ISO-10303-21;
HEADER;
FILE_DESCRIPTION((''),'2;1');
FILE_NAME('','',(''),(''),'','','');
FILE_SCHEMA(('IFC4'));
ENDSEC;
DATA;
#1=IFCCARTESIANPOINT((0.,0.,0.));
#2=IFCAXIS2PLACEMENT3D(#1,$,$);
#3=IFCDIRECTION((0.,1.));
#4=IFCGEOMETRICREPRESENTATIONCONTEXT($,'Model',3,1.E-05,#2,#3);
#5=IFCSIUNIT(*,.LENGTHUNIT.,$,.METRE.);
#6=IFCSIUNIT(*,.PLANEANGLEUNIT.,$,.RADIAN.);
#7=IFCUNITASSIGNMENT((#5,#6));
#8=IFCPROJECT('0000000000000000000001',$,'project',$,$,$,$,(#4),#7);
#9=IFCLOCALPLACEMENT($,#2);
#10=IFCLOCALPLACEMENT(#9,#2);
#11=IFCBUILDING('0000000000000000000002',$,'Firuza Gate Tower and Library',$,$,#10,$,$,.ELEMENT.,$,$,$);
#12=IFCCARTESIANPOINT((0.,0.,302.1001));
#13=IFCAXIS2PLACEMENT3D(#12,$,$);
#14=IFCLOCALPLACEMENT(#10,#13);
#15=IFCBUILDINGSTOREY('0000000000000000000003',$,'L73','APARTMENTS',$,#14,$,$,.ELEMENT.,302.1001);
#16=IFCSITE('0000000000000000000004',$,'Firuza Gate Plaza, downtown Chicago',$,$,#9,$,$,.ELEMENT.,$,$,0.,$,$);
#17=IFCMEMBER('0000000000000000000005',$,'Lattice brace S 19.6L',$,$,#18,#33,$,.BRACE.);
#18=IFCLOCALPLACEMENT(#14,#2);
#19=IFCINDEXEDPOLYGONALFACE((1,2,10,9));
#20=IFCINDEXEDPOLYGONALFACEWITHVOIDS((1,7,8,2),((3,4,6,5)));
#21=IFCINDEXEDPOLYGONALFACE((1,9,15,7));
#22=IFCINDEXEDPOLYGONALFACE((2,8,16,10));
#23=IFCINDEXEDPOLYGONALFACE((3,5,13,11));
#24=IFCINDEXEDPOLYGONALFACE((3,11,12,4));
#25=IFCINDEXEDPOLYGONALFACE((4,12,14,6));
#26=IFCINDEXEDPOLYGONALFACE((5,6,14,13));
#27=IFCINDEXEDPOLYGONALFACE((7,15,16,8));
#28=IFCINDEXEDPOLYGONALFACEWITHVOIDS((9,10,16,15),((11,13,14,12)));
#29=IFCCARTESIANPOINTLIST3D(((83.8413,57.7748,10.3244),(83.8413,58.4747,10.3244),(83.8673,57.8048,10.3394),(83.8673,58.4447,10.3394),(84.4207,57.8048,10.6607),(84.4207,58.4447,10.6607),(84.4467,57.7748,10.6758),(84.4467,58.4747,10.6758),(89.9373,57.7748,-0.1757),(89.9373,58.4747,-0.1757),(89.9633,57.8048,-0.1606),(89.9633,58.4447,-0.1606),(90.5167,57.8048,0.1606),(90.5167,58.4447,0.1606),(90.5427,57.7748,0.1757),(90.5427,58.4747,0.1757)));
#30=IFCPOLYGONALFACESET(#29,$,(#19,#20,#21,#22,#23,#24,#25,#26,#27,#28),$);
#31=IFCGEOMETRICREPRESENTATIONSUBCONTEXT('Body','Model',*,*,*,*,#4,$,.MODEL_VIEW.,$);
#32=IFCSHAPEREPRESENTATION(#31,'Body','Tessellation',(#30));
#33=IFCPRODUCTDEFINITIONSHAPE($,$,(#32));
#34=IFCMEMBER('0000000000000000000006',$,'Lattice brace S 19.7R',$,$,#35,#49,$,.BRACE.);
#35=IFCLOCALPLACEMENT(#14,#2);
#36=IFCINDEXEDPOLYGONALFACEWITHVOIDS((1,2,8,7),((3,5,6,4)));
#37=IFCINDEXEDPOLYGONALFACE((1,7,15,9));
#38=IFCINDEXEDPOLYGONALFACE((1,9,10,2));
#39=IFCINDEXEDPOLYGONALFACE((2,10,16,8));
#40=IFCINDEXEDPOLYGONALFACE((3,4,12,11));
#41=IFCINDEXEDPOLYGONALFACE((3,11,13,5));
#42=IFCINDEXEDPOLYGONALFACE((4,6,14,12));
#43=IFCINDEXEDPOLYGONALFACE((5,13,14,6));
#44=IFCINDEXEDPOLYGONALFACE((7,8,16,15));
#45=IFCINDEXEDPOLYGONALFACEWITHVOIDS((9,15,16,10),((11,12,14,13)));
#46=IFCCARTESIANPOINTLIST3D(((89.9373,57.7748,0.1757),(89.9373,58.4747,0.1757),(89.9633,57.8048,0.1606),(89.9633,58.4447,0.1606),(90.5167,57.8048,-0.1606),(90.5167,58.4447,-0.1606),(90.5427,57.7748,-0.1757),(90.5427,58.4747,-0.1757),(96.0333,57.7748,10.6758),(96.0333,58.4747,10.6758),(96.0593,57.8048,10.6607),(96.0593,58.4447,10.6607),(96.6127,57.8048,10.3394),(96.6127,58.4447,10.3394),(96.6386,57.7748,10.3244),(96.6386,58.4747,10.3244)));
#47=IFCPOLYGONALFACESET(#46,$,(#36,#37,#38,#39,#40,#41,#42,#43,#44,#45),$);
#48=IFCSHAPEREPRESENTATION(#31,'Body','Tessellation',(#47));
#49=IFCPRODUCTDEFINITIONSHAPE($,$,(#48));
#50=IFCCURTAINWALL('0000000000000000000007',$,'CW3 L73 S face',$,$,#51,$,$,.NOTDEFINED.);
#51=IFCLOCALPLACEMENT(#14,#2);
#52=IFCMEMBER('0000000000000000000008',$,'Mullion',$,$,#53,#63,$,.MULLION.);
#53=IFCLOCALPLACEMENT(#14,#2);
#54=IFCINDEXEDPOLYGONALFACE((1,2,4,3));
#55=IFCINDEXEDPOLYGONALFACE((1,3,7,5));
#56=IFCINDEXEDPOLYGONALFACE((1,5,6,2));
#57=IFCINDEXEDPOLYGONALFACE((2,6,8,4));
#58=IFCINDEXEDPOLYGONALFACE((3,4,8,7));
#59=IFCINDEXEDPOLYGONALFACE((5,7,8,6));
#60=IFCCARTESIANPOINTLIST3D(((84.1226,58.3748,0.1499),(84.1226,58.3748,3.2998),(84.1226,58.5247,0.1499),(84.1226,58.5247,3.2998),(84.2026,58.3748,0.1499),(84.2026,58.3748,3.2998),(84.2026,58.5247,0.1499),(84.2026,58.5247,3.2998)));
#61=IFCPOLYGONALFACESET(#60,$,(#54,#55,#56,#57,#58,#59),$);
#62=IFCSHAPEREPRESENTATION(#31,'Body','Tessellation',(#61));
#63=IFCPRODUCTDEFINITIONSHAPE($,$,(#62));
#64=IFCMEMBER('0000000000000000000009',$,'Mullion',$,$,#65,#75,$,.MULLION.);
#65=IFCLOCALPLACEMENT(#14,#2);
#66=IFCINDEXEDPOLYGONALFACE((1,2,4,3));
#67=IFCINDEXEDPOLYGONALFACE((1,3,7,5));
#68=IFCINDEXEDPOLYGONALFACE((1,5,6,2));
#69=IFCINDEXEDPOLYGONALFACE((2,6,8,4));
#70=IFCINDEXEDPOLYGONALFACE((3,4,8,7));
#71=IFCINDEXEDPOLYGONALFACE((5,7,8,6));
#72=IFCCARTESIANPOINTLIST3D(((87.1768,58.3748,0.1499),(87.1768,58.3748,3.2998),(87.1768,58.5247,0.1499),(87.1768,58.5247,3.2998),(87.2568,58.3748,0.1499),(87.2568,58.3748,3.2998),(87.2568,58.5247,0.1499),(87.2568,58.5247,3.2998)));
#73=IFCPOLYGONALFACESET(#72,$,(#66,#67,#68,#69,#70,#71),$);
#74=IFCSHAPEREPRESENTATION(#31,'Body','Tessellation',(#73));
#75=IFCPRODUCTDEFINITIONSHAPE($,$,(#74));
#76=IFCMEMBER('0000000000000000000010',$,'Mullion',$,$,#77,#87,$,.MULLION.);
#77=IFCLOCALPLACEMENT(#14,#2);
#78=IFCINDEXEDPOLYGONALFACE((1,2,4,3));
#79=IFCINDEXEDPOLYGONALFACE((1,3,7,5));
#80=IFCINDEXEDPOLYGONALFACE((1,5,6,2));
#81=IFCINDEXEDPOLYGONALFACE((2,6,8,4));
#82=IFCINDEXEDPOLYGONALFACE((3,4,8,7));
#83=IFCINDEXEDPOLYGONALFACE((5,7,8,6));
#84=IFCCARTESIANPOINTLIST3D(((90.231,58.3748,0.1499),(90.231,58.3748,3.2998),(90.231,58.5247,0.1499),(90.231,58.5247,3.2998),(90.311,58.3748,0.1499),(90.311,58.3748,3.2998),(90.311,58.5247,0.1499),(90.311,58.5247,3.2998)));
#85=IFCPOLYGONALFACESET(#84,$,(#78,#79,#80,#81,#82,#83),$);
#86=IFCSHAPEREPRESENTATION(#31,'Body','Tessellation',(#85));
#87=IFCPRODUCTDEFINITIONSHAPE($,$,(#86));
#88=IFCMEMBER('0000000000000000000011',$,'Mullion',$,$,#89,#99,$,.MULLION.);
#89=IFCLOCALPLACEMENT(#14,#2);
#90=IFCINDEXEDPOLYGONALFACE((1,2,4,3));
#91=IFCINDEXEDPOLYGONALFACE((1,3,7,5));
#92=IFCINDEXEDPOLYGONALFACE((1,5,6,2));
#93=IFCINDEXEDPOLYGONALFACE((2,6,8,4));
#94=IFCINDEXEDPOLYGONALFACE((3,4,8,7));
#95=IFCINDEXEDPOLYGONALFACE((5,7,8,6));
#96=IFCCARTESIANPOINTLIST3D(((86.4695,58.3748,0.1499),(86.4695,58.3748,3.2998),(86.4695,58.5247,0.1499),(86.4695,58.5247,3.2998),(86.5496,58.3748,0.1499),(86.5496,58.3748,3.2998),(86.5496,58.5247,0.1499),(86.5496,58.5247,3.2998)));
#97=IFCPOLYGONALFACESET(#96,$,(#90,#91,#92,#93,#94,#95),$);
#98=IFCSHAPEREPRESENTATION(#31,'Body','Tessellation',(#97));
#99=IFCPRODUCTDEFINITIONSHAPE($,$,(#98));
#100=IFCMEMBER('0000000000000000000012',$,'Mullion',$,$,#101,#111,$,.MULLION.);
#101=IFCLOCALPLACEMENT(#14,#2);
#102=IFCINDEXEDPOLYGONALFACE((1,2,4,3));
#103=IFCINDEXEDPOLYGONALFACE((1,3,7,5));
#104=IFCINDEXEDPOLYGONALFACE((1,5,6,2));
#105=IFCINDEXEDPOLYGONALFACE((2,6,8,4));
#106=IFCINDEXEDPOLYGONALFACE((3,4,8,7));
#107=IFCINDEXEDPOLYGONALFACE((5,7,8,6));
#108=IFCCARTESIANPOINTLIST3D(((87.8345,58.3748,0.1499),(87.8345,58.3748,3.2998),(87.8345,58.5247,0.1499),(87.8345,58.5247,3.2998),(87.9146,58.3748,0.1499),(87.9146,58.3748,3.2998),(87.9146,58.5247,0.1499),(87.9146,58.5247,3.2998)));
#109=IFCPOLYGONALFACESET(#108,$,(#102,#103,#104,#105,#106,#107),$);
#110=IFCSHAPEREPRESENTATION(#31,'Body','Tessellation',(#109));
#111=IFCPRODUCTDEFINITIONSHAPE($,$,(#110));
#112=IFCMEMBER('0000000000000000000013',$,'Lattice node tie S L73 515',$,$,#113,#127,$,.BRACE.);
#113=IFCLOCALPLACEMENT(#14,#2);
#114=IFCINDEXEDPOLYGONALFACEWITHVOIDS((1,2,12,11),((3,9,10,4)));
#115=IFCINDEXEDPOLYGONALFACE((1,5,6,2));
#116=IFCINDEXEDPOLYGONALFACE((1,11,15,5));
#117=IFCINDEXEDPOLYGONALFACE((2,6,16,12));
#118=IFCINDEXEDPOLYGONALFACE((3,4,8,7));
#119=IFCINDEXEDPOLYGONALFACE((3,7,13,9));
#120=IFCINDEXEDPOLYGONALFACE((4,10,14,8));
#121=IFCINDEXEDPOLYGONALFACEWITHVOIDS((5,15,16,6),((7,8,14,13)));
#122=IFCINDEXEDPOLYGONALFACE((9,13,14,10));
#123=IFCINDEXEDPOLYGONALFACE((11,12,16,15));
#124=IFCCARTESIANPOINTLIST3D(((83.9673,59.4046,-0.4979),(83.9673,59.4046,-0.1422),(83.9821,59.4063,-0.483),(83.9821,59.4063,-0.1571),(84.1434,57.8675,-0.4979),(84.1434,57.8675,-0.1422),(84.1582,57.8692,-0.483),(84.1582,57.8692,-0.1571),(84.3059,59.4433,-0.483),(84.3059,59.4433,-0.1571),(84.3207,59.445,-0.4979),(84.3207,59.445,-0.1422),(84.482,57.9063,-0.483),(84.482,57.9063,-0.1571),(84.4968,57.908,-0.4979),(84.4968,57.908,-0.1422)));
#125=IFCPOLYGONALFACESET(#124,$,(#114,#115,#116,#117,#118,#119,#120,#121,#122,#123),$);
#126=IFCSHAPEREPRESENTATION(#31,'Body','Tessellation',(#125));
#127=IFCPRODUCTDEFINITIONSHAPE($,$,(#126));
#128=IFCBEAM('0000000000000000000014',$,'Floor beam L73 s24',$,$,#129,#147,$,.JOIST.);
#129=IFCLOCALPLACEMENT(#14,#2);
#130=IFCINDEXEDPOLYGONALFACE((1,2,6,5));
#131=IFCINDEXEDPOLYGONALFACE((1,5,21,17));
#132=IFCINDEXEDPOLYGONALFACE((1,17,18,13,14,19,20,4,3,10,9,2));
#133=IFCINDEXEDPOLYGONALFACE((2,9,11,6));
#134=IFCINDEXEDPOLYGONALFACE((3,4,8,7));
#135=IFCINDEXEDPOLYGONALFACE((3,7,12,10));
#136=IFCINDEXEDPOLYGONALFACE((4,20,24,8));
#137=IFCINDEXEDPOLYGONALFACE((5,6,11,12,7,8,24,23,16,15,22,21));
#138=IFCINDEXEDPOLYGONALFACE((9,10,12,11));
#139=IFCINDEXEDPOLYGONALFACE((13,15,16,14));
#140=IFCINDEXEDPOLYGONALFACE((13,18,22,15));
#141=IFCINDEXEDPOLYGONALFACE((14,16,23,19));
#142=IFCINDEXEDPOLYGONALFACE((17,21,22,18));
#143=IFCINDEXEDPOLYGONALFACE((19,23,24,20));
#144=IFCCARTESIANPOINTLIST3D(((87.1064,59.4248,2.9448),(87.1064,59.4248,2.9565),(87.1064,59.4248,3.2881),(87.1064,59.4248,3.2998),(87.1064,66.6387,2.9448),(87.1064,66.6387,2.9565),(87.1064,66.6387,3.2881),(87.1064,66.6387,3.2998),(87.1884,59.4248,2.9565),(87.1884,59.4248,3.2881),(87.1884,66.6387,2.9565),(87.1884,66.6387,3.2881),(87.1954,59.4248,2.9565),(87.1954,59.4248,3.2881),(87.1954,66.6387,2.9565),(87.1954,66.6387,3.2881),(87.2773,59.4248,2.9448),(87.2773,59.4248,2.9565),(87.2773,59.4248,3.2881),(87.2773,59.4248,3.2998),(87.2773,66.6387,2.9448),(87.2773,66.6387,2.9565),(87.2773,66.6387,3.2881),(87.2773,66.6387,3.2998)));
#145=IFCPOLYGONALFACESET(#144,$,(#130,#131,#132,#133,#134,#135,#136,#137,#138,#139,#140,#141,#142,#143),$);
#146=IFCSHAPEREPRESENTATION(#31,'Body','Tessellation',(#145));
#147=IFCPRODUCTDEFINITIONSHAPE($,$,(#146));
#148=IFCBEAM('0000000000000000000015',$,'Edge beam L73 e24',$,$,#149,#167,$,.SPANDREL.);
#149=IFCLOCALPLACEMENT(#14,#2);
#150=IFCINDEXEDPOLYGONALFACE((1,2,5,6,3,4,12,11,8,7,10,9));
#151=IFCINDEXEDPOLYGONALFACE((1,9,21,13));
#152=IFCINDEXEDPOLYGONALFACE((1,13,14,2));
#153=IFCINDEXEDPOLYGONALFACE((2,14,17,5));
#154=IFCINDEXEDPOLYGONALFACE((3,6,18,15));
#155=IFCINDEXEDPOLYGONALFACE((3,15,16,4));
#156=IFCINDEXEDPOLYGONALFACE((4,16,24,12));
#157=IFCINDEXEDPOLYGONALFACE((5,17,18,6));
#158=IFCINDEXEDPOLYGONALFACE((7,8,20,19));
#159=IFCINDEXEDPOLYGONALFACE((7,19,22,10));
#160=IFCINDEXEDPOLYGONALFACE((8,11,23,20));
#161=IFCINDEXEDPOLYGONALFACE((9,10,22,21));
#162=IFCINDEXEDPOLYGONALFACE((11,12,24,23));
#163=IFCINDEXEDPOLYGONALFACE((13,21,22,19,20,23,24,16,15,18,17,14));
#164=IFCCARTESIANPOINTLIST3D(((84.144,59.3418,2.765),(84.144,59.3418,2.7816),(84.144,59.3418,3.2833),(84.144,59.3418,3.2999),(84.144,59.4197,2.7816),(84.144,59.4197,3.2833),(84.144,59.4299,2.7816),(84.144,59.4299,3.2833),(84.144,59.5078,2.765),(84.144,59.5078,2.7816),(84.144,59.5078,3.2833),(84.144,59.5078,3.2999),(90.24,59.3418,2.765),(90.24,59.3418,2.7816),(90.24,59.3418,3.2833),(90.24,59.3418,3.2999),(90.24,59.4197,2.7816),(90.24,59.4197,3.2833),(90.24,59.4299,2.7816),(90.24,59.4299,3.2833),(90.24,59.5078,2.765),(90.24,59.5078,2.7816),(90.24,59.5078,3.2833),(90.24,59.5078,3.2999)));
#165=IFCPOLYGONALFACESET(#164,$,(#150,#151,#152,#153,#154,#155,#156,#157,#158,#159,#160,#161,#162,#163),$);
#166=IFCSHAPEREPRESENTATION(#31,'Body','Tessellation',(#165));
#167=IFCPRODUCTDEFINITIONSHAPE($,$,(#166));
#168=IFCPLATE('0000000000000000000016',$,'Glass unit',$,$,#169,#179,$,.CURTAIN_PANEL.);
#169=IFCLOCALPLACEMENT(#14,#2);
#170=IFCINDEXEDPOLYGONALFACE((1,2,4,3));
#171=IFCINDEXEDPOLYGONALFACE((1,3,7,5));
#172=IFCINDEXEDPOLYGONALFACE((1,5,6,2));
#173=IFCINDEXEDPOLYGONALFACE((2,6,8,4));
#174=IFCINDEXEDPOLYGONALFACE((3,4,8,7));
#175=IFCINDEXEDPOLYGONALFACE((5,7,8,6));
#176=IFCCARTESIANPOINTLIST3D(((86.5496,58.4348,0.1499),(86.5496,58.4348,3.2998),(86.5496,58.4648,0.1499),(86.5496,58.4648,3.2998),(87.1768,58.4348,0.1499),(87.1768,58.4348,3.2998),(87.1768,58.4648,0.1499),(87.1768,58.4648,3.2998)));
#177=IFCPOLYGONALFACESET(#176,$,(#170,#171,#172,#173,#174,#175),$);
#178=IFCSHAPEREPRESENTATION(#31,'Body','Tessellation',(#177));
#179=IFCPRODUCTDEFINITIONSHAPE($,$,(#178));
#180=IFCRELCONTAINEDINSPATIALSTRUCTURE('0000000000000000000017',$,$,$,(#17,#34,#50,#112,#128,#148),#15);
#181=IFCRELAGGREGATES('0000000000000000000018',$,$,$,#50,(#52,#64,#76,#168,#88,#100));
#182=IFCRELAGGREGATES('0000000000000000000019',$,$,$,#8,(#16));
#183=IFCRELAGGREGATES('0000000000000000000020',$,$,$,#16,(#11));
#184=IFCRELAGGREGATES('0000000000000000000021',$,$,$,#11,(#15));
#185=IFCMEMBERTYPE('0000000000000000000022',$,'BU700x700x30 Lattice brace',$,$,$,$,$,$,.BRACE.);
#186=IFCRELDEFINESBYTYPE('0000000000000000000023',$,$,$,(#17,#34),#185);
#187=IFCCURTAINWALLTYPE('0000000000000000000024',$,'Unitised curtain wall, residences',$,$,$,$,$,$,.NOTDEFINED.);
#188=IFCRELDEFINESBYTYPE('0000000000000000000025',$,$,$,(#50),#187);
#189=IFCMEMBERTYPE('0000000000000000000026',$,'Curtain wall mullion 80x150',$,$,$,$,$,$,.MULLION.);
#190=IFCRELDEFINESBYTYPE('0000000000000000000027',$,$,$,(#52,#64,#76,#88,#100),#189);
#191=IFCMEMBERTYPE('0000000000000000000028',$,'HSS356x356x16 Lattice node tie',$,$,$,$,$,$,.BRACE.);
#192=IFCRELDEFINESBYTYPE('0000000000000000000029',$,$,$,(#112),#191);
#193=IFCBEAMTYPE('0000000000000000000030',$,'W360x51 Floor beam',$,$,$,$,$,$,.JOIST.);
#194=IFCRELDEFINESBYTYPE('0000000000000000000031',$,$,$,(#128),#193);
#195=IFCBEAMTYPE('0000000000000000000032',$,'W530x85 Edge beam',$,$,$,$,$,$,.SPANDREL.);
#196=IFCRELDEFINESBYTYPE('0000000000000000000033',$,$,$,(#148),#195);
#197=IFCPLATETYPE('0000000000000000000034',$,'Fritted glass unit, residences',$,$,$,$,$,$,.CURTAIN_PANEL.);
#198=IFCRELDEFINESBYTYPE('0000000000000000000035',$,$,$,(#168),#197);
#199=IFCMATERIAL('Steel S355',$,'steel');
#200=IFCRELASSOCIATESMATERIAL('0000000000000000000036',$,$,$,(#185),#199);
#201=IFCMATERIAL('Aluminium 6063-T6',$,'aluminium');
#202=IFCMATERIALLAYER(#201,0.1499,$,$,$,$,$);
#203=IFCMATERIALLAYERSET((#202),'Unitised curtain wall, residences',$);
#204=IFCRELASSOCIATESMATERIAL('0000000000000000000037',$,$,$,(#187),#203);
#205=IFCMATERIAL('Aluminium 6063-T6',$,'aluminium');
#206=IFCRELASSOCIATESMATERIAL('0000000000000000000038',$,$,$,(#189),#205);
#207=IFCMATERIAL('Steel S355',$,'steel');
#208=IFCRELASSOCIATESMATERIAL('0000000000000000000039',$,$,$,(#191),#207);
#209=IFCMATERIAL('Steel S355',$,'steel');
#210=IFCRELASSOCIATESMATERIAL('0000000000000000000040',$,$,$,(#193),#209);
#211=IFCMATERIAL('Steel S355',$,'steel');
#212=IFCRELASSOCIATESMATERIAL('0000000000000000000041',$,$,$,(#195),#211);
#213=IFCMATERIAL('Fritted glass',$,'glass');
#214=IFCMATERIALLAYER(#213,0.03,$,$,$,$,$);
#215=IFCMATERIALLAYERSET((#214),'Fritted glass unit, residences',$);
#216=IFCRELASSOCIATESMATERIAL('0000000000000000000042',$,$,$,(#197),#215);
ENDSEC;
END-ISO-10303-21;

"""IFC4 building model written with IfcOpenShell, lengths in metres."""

from ifc_helpers import new_model, si_unit, direction, frame, origin, origin_2d, place, context, subcontext, project, spatial, polyline, rectangle, hollow_rectangle, i_section, outline, extrude, material, layer, layer_set, material_profile, profile_set, type_object, element, aggregate, save


model = new_model("IFC4")

# Units and contexts
model_context = context("Model", 3, precision=1e-05, world=origin(), true_north=direction((0.0, 1.0)))
body_context = subcontext(model_context, "Body", "Model", "MODEL_VIEW")
ifc_project = project(units=[si_unit("LENGTHUNIT", "METRE"), si_unit("PLANEANGLEUNIT", "RADIAN")], contexts=[model_context])

# Site, building, storey
site_placement = place(None, origin())
site = spatial("IfcSite", under=ifc_project, at=site_placement, Name="Firuza Gate Plaza, downtown Chicago", CompositionType="ELEMENT", RefElevation=0.0)
building_placement = place(site_placement, origin())
building = spatial("IfcBuilding", under=site, at=building_placement, Name="Firuza Gate Tower and Library", CompositionType="ELEMENT")
storey_placement = place(building_placement, frame((0.0, 0.0, 302.1001)))
storey = spatial("IfcBuildingStorey", under=building, at=storey_placement, Name="L73", Description="APARTMENTS", CompositionType="ELEMENT", Elevation=302.1001)

# Members
ifc_material_1 = material(Name="Steel S355", Category="steel")
ifc_material_profile_1 = material_profile(ifc_material_1, hollow_rectangle(XDim=0.7, YDim=0.7, WallThickness=0.03, at=origin_2d()))
ifc_profile_set_1 = profile_set([ifc_material_profile_1], Name="Steel S355")
member_type_1 = type_object("IfcMemberType", Name="BU700x700x30 Lattice brace", PredefinedType="BRACE", material=ifc_profile_set_1)
for number, where, z_axis, x_axis, name in (
    (1, (90.24, 58.1248, 0.0), (-0.502085, 0.0, 0.864819), (0.0, -1.0, 0.0), "Lattice brace S 19.6L"),
    (2, (90.24, 58.1248, 0.0), (0.502085, 0.0, 0.864819), (0.0, 1.0, 0.0), "Lattice brace S 19.7R"),
):
    element("IfcMember", number, at=place(storey_placement, frame(where, z_axis=z_axis, x_axis=x_axis)), inside=storey, type_object=member_type_1, Name=name, PredefinedType="BRACE", context=body_context, shape_type="SweptSolid", body=[
        extrude(hollow_rectangle(XDim=0.7, YDim=0.7, WallThickness=0.03, at=origin_2d()), origin(), (0.0, 0.0, 1.0), 12.1414),
    ])

# Curtain wall, members
ifc_material_2 = material(Name="Aluminium 6063-T6", Category="aluminium")
ifc_layer_1 = layer(ifc_material_2, 0.1499)
ifc_layer_set_1 = layer_set([ifc_layer_1], Name="Unitised curtain wall, residences")
curtain_wall_type = type_object("IfcCurtainWallType", Name="Unitised curtain wall, residences", PredefinedType="NOTDEFINED", material=ifc_layer_set_1)
curtain_wall_placement = place(storey_placement, origin())
curtain_wall = element("IfcCurtainWall", 3, at=curtain_wall_placement, inside=storey, type_object=curtain_wall_type, Name="CW3 L73 S face", PredefinedType="NOTDEFINED")
ifc_material_3 = material(Name="Aluminium 6063-T6", Category="aluminium")
ifc_material_profile_2 = material_profile(ifc_material_3, rectangle(XDim=0.1499, YDim=0.0801, at=origin_2d()))
ifc_profile_set_2 = profile_set([ifc_material_profile_2], Name="Aluminium 6063-T6")
member_type_2 = type_object("IfcMemberType", Name="Curtain wall mullion 80x150", PredefinedType="MULLION", material=ifc_profile_set_2)
member_1_placement = place(storey_placement, frame((84.1626, 58.4497, 0.1499), z_axis=(0.0, 0.0, 1.0), x_axis=(0.0, 1.0, 0.0)))
member_1 = element("IfcMember", 4, at=member_1_placement, type_object=member_type_2, Name="Mullion", PredefinedType="MULLION", context=body_context, shape_type="SweptSolid", body=[
    extrude(rectangle(XDim=0.1499, YDim=0.0801, at=origin_2d()), origin(), (0.0, 0.0, 1.0), 3.1499),
])
member_2_placement = place(storey_placement, frame((87.2168, 58.4497, 0.1499), z_axis=(0.0, 0.0, 1.0), x_axis=(0.0, 1.0, 0.0)))
member_2 = element("IfcMember", 5, at=member_2_placement, type_object=member_type_2, Name="Mullion", PredefinedType="MULLION", context=body_context, shape_type="SweptSolid", body=[
    extrude(rectangle(XDim=0.1499, YDim=0.0801, at=origin_2d()), origin(), (0.0, 0.0, 1.0), 3.1499),
])
member_3_placement = place(storey_placement, frame((90.271, 58.4497, 0.1499), z_axis=(0.0, 0.0, 1.0), x_axis=(0.0, 1.0, 0.0)))
member_3 = element("IfcMember", 6, at=member_3_placement, type_object=member_type_2, Name="Mullion", PredefinedType="MULLION", context=body_context, shape_type="SweptSolid", body=[
    extrude(rectangle(XDim=0.1499, YDim=0.0801, at=origin_2d()), origin(), (0.0, 0.0, 1.0), 3.1499),
])
member_4_placement = place(storey_placement, frame((86.5095, 58.4497, 0.1499), z_axis=(0.0, 0.0, 1.0), x_axis=(0.0, 1.0, 0.0)))
member_4 = element("IfcMember", 7, at=member_4_placement, type_object=member_type_2, Name="Mullion", PredefinedType="MULLION", context=body_context, shape_type="SweptSolid", body=[
    extrude(rectangle(XDim=0.1499, YDim=0.0801, at=origin_2d()), origin(), (0.0, 0.0, 1.0), 3.1499),
])
member_5_placement = place(storey_placement, frame((87.8745, 58.4497, 0.1499), z_axis=(0.0, 0.0, 1.0), x_axis=(0.0, 1.0, 0.0)))
member_5 = element("IfcMember", 8, at=member_5_placement, type_object=member_type_2, Name="Mullion", PredefinedType="MULLION", context=body_context, shape_type="SweptSolid", body=[
    extrude(rectangle(XDim=0.1499, YDim=0.0801, at=origin_2d()), origin(), (0.0, 0.0, 1.0), 3.1499),
])

# Member
ifc_material_4 = material(Name="Steel S355", Category="steel")
ifc_material_profile_3 = material_profile(ifc_material_4, hollow_rectangle(XDim=0.3557, YDim=0.3557, WallThickness=0.0149, at=origin_2d()))
ifc_profile_set_3 = profile_set([ifc_material_profile_3], Name="Steel S355")
member_type_3 = type_object("IfcMemberType", Name="HSS356x356x16 Lattice node tie", PredefinedType="BRACE", material=ifc_profile_set_3)
member_6_placement = place(storey_placement, frame((84.144, 59.4248, -0.3201), z_axis=(0.113774, -0.993507, 0.0), x_axis=(0.993507, 0.113774, 0.0)))
element("IfcMember", 9, at=member_6_placement, inside=storey, type_object=member_type_3, Name="Lattice node tie S L73 515", PredefinedType="BRACE", context=body_context, shape_type="SweptSolid", body=[
    extrude(hollow_rectangle(XDim=0.3557, YDim=0.3557, WallThickness=0.0149, at=origin_2d()), origin(), (0.0, 0.0, 1.0), 1.5471),
])

# Beams
ifc_material_5 = material(Name="Steel S355", Category="steel")
ifc_material_profile_4 = material_profile(ifc_material_5, i_section(OverallWidth=0.1709, OverallDepth=0.355, WebThickness=0.0071, FlangeThickness=0.0117, at=origin_2d()))
ifc_profile_set_4 = profile_set([ifc_material_profile_4], Name="Steel S355")
beam_type_1 = type_object("IfcBeamType", Name="W360x51 Floor beam", PredefinedType="JOIST", material=ifc_profile_set_4)
beam_1_placement = place(storey_placement, frame((87.1919, 59.4248, 3.1223), z_axis=(0.0, 1.0, 0.0), x_axis=(-1.0, 0.0, 0.0)))
element("IfcBeam", 10, at=beam_1_placement, inside=storey, type_object=beam_type_1, Name="Floor beam L73 s24", PredefinedType="JOIST", context=body_context, shape_type="SweptSolid", body=[
    extrude(i_section(OverallWidth=0.1709, OverallDepth=0.355, WebThickness=0.0071, FlangeThickness=0.0117, at=origin_2d()), origin(), (0.0, 0.0, 1.0), 7.2139),
])
ifc_material_6 = material(Name="Steel S355", Category="steel")
ifc_material_profile_5 = material_profile(ifc_material_6, i_section(OverallWidth=0.166, OverallDepth=0.5349, WebThickness=0.0103, FlangeThickness=0.0166, at=origin_2d()))
ifc_profile_set_5 = profile_set([ifc_material_profile_5], Name="Steel S355")
beam_type_2 = type_object("IfcBeamType", Name="W530x85 Edge beam", PredefinedType="SPANDREL", material=ifc_profile_set_5)
beam_2_placement = place(storey_placement, frame((84.144, 59.4248, 3.0325), z_axis=(1.0, 0.0, 0.0), x_axis=(0.0, 1.0, 0.0)))
element("IfcBeam", 11, at=beam_2_placement, inside=storey, type_object=beam_type_2, Name="Edge beam L73 e24", PredefinedType="SPANDREL", context=body_context, shape_type="SweptSolid", body=[
    extrude(i_section(OverallWidth=0.166, OverallDepth=0.5349, WebThickness=0.0103, FlangeThickness=0.0166, at=origin_2d()), origin(), (0.0, 0.0, 1.0), 6.0959),
])

# Plate
ifc_material_7 = material(Name="Fritted glass", Category="glass")
ifc_layer_2 = layer(ifc_material_7, 0.03)
ifc_layer_set_2 = layer_set([ifc_layer_2], Name="Fritted glass unit, residences")
plate_type_1 = type_object("IfcPlateType", Name="Fritted glass unit, residences", PredefinedType="CURTAIN_PANEL", material=ifc_layer_set_2)
plate_1_placement = place(storey_placement, frame((86.5496, 58.4348, 0.1499), z_axis=(0.0, -1.0, 0.0), x_axis=(1.0, 0.0, 0.0)))
plate_1 = element("IfcPlate", 12, at=plate_1_placement, type_object=plate_type_1, Name="Glass unit", PredefinedType="CURTAIN_PANEL", context=body_context, shape_type="SweptSolid", body=[
    extrude(outline(polyline([(0.0, 0.0), (0.6272, 0.0), (0.6272, 3.1499), (0.0, 3.1499), (0.0, 0.0)])), origin(), (0.0, 0.0, -1.0), 0.03),
])
aggregate(curtain_wall, [member_1, member_2, member_3, plate_1, member_4, member_5])

save(model, "model.ifc")
